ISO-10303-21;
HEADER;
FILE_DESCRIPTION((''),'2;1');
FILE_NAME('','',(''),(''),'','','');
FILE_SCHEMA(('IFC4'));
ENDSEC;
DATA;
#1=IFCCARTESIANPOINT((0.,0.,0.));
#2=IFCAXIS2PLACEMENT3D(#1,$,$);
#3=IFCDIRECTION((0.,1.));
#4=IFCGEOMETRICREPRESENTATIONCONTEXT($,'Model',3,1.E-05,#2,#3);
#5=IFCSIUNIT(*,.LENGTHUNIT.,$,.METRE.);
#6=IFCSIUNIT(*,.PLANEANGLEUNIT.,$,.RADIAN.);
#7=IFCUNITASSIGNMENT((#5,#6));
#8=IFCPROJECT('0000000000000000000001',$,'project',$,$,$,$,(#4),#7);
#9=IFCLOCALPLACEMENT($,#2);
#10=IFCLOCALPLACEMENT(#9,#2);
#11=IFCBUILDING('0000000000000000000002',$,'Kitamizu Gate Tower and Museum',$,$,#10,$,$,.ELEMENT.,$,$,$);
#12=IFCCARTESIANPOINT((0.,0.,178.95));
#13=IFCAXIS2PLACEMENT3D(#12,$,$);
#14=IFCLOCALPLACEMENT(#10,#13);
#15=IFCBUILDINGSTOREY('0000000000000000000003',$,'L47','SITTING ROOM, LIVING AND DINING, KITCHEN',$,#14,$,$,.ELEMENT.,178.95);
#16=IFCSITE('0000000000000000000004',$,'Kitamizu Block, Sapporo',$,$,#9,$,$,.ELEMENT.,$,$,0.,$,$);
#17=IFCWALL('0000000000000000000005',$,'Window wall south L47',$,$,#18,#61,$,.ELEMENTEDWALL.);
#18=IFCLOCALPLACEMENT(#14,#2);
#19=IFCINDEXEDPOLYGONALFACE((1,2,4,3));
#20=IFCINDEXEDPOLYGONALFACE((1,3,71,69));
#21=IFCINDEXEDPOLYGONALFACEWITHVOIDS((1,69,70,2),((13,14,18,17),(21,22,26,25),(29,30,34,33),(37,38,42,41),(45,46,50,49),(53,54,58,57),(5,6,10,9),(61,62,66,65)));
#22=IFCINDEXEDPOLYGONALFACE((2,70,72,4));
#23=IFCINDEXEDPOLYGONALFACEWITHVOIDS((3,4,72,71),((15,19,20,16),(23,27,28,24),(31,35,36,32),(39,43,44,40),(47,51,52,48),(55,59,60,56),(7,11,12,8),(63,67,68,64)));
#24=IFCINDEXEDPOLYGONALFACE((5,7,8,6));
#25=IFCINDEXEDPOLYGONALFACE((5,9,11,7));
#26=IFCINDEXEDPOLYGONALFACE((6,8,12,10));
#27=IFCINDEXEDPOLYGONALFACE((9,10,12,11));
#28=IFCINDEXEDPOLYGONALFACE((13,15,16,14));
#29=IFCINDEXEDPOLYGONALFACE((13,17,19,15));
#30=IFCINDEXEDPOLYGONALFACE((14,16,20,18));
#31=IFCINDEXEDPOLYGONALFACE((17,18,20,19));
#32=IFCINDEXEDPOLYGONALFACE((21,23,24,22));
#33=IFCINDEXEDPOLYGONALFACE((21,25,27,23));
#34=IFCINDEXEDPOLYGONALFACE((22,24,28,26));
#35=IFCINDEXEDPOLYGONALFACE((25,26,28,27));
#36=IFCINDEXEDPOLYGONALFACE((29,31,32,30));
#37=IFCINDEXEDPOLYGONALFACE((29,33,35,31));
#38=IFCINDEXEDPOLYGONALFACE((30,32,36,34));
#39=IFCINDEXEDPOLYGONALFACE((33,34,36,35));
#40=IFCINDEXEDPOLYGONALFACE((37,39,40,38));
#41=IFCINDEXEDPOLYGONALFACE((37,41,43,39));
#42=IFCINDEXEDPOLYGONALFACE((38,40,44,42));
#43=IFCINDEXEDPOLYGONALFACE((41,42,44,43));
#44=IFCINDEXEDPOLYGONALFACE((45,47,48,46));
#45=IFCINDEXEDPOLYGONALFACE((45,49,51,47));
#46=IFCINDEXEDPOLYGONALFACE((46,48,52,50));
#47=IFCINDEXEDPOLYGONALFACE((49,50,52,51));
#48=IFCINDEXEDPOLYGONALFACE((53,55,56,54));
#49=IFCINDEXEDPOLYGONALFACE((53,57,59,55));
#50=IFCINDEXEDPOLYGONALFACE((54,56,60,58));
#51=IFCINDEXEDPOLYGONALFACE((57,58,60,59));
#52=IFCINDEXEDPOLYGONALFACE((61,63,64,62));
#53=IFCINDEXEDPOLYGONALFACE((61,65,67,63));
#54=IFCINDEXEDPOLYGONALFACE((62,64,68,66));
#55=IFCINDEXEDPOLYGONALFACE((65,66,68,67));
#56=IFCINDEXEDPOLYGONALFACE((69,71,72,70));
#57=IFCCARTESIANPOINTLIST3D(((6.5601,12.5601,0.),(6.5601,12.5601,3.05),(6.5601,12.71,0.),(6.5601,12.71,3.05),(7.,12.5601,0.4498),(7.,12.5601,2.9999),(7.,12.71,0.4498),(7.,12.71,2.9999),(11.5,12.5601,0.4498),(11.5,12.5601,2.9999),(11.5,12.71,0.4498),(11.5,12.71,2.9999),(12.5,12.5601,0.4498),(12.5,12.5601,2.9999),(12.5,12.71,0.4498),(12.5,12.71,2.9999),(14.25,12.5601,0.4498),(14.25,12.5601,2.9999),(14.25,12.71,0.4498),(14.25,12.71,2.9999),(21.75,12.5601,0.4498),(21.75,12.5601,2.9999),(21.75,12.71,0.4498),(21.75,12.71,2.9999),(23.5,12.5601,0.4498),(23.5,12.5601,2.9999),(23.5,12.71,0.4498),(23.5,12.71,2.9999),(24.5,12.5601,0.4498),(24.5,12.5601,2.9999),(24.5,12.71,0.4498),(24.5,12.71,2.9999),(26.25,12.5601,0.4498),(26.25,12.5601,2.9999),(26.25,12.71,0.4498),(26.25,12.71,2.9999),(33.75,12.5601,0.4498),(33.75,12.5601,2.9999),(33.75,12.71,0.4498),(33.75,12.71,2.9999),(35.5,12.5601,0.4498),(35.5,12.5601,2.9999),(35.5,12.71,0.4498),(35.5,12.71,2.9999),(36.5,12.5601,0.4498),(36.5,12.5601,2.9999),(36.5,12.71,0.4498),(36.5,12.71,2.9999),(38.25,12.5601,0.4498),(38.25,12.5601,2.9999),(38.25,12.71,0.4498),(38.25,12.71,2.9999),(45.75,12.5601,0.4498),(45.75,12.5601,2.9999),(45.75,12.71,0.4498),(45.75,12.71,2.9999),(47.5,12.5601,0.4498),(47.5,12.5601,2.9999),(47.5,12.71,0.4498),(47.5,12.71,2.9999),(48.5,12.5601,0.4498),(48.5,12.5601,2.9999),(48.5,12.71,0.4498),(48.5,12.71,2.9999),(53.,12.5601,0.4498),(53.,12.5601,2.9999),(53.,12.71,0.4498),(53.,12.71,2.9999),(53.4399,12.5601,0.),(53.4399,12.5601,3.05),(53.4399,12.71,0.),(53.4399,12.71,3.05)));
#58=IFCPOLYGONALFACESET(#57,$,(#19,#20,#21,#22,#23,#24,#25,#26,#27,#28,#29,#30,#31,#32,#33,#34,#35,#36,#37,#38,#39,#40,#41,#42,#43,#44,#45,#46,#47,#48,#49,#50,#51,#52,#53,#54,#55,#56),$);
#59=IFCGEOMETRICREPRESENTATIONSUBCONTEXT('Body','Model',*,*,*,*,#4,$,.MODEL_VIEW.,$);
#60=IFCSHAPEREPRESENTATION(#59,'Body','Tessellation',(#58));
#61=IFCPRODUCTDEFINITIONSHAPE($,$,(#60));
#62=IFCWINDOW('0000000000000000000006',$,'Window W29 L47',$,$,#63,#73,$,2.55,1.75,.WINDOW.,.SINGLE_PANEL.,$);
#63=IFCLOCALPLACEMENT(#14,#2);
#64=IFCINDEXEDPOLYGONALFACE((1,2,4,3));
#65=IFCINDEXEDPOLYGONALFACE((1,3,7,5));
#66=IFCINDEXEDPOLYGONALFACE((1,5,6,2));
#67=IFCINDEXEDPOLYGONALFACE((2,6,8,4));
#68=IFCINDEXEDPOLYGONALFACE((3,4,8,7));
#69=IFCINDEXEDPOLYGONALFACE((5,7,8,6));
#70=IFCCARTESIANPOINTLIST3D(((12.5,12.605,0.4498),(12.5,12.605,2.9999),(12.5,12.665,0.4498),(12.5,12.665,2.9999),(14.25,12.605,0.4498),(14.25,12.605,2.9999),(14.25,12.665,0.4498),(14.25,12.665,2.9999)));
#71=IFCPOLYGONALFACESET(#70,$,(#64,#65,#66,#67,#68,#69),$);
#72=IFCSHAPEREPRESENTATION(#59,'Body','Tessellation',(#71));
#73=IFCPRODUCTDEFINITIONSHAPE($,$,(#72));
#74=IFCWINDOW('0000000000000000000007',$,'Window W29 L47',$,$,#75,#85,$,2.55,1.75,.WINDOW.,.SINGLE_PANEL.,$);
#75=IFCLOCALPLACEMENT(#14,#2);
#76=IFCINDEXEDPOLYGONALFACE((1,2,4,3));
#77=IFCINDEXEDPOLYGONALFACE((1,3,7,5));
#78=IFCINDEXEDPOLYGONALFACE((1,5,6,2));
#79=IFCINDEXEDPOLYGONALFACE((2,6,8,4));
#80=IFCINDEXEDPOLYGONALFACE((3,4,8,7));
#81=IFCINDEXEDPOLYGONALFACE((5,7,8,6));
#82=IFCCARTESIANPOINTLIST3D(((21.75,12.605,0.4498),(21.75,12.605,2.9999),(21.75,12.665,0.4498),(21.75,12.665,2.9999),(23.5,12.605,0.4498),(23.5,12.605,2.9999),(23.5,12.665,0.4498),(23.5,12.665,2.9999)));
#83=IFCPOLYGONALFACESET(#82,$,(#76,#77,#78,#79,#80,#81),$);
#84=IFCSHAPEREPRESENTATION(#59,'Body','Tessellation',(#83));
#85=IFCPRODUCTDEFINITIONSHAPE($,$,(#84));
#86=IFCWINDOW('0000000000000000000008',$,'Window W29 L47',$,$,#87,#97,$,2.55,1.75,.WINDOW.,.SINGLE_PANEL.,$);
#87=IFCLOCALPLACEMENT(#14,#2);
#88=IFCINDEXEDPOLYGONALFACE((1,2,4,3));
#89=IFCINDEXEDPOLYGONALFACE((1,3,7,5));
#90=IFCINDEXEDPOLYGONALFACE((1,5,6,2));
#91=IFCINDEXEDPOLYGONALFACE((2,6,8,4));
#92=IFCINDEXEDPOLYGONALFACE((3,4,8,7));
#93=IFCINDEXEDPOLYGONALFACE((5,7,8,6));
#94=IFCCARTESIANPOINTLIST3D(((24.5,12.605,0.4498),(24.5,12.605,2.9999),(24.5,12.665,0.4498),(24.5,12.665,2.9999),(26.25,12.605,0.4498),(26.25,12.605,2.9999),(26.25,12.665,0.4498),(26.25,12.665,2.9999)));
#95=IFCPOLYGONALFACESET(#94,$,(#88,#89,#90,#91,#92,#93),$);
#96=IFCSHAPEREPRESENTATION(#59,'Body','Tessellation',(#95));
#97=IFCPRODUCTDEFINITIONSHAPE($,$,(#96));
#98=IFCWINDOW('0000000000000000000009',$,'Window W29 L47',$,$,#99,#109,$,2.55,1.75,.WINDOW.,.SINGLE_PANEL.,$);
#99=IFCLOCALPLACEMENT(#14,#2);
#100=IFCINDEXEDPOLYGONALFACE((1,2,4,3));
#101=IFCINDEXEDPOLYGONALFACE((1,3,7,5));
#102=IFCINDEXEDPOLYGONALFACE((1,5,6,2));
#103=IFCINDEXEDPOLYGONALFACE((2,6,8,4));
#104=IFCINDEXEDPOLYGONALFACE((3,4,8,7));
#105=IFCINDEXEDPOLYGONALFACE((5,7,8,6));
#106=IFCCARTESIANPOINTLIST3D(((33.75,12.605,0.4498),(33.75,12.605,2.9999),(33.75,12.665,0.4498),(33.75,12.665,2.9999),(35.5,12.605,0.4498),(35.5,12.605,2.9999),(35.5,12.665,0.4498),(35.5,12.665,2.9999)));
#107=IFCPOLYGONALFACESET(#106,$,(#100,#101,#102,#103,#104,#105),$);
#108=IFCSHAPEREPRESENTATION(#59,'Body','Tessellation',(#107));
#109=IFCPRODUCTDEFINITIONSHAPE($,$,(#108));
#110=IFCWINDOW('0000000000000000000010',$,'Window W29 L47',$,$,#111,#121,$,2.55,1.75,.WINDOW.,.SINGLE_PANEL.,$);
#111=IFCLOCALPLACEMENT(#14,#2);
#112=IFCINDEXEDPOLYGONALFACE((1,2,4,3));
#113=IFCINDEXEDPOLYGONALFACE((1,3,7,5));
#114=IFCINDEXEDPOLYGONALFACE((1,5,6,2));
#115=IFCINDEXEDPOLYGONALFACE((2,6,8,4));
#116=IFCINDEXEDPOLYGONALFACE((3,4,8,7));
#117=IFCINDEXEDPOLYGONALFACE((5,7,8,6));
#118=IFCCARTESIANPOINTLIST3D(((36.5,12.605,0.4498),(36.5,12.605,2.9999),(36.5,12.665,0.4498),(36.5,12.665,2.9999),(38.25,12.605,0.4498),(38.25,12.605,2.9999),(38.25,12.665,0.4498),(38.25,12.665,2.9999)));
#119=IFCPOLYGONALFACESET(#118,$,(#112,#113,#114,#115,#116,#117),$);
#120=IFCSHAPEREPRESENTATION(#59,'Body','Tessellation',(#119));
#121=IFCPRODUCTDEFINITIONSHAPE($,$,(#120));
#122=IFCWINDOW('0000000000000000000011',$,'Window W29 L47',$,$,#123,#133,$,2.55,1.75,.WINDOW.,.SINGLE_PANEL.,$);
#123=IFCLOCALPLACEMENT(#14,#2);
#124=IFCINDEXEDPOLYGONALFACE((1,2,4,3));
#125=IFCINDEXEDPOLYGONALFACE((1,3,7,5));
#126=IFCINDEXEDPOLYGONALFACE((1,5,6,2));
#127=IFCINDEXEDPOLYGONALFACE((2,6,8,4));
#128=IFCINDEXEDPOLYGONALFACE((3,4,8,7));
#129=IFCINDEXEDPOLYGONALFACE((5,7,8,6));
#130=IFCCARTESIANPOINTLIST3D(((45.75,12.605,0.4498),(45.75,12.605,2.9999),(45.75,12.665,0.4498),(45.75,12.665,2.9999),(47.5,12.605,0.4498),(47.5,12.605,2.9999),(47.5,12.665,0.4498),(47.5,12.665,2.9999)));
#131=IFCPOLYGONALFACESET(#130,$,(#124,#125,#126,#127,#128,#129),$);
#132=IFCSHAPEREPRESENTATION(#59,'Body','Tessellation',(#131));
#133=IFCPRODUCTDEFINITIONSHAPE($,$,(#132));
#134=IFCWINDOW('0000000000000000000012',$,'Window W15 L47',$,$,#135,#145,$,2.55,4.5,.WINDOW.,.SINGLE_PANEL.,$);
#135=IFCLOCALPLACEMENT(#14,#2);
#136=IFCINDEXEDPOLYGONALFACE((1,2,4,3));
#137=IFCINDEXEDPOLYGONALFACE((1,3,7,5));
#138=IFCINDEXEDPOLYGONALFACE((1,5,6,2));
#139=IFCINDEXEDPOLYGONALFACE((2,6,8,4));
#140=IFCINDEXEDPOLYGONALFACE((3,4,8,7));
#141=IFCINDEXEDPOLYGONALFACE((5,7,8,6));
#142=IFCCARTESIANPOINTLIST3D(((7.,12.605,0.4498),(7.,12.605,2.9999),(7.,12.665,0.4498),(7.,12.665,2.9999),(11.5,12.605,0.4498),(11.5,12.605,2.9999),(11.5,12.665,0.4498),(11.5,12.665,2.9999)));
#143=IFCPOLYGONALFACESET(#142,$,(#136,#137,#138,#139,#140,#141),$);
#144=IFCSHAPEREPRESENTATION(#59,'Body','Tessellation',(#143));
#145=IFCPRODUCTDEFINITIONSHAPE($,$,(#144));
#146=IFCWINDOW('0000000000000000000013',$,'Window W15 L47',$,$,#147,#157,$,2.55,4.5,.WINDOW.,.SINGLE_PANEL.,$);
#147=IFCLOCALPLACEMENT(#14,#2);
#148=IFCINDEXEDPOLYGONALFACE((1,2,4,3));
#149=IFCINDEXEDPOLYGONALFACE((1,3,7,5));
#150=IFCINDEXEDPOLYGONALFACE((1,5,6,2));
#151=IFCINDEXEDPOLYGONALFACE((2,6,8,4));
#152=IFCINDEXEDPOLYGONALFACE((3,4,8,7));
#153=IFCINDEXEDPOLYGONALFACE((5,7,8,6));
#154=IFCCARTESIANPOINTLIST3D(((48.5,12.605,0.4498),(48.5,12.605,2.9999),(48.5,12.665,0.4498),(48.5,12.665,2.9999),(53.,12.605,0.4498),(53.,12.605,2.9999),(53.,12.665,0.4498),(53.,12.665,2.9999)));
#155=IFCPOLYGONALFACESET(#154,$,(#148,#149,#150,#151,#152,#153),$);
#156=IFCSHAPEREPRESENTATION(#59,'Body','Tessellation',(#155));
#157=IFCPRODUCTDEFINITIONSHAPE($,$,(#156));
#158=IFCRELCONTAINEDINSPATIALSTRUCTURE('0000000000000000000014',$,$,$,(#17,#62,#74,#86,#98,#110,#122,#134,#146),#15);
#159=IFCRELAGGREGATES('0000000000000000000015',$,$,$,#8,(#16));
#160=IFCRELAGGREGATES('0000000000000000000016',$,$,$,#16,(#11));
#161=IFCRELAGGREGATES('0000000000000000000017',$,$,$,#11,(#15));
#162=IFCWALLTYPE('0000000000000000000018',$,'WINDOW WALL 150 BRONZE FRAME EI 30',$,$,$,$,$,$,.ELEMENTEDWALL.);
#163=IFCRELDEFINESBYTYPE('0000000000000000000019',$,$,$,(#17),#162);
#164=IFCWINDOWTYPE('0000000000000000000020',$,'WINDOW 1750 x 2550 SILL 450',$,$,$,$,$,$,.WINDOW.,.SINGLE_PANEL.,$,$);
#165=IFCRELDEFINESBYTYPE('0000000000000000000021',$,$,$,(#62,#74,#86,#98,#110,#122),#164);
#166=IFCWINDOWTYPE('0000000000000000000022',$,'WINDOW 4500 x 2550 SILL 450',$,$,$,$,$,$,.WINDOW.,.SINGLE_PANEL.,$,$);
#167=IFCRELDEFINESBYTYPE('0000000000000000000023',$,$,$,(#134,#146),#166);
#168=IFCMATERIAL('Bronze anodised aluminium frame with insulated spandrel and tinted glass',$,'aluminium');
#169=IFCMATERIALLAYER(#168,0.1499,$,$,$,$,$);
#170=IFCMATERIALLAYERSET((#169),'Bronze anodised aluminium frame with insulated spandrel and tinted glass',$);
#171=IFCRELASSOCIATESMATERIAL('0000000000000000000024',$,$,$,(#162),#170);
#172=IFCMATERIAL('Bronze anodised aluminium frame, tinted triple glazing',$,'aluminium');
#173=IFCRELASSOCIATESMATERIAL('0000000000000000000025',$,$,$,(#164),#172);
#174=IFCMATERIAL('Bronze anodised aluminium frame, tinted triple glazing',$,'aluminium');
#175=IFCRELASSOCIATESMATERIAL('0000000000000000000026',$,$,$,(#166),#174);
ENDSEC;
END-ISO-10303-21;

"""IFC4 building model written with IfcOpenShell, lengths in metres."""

from ifc_helpers import new_model, si_unit, direction, frame, frame_2d, origin, place, context, subcontext, project, spatial, rectangle, extrude, material, layer, layer_set, type_object, element, fill, save


model = new_model("IFC4")

# Units and contexts
model_context = context("Model", 3, precision=1e-05, world=origin(), true_north=direction((0.0, 1.0)))
body_context = subcontext(model_context, "Body", "Model", "MODEL_VIEW")
ifc_project = project(units=[si_unit("LENGTHUNIT", "METRE"), si_unit("PLANEANGLEUNIT", "RADIAN")], contexts=[model_context])

# Site, building, storey
site_placement = place(None, origin())
site = spatial("IfcSite", under=ifc_project, at=site_placement, Name="Kitamizu Block, Sapporo", CompositionType="ELEMENT", RefElevation=0.0)
building_placement = place(site_placement, origin())
building = spatial("IfcBuilding", under=site, at=building_placement, Name="Kitamizu Gate Tower and Museum", CompositionType="ELEMENT")
storey_placement = place(building_placement, frame((0.0, 0.0, 178.95)))
storey = spatial("IfcBuildingStorey", under=building, at=storey_placement, Name="L47", Description="SITTING ROOM, LIVING AND DINING, KITCHEN", CompositionType="ELEMENT", Elevation=178.95)

# Wall, openings, windows
ifc_material_1 = material(Name="Bronze anodised aluminium frame with insulated spandrel and tinted glass", Category="aluminium")
ifc_layer_1 = layer(ifc_material_1, 0.1499)
ifc_layer_set_1 = layer_set([ifc_layer_1], Name="Bronze anodised aluminium frame with insulated spandrel and tinted glass")
wall_type_1 = type_object("IfcWallType", Name="WINDOW WALL 150 BRONZE FRAME EI 30", PredefinedType="ELEMENTEDWALL", material=ifc_layer_set_1)
wall_1_placement = place(storey_placement, frame((6.5601, 12.635, 0.0), z_axis=(0.0, 0.0, 1.0), x_axis=(1.0, 0.0, 0.0)))
wall_1 = element("IfcWall", 1, at=wall_1_placement, inside=storey, type_object=wall_type_1, Name="Window wall south L47", PredefinedType="ELEMENTEDWALL", context=body_context, shape_type="SweptSolid", body=[
    extrude(rectangle(XDim=46.8799, YDim=0.1499, at=frame_2d((23.4399, 0.0))), origin(), (0.0, 0.0, 1.0), 3.05),
])
opening_1_placement = place(wall_1_placement, frame((0.4399, 0.0, 0.45)))
opening_1 = element("IfcOpeningElement", 2, at=opening_1_placement, cuts=wall_1, PredefinedType="OPENING", context=body_context, shape_type="SweptSolid", body=[
    extrude(rectangle(XDim=4.5, YDim=2.55, at=frame_2d((2.25, 1.2749))), frame((0.0, 0.085, 0.0), z_axis=(0.0, -1.0, 0.0), x_axis=(1.0, 0.0, 0.0)), (0.0, 0.0, 1.0), 0.1699),
])
opening_2_placement = place(wall_1_placement, frame((5.9399, 0.0, 0.45)))
opening_2 = element("IfcOpeningElement", 3, at=opening_2_placement, cuts=wall_1, PredefinedType="OPENING", context=body_context, shape_type="SweptSolid", body=[
    extrude(rectangle(XDim=1.75, YDim=2.55, at=frame_2d((0.875, 1.2749))), frame((0.0, 0.085, 0.0), z_axis=(0.0, -1.0, 0.0), x_axis=(1.0, 0.0, 0.0)), (0.0, 0.0, 1.0), 0.1699),
])
opening_3_placement = place(wall_1_placement, frame((15.1899, 0.0, 0.45)))
opening_3 = element("IfcOpeningElement", 4, at=opening_3_placement, cuts=wall_1, PredefinedType="OPENING", context=body_context, shape_type="SweptSolid", body=[
    extrude(rectangle(XDim=1.75, YDim=2.55, at=frame_2d((0.875, 1.2749))), frame((0.0, 0.085, 0.0), z_axis=(0.0, -1.0, 0.0), x_axis=(1.0, 0.0, 0.0)), (0.0, 0.0, 1.0), 0.1699),
])
opening_4_placement = place(wall_1_placement, frame((17.9399, 0.0, 0.45)))
opening_4 = element("IfcOpeningElement", 5, at=opening_4_placement, cuts=wall_1, PredefinedType="OPENING", context=body_context, shape_type="SweptSolid", body=[
    extrude(rectangle(XDim=1.75, YDim=2.55, at=frame_2d((0.875, 1.2749))), frame((0.0, 0.085, 0.0), z_axis=(0.0, -1.0, 0.0), x_axis=(1.0, 0.0, 0.0)), (0.0, 0.0, 1.0), 0.1699),
])
opening_5_placement = place(wall_1_placement, frame((27.1899, 0.0, 0.45)))
opening_5 = element("IfcOpeningElement", 6, at=opening_5_placement, cuts=wall_1, PredefinedType="OPENING", context=body_context, shape_type="SweptSolid", body=[
    extrude(rectangle(XDim=1.75, YDim=2.55, at=frame_2d((0.875, 1.2749))), frame((0.0, 0.085, 0.0), z_axis=(0.0, -1.0, 0.0), x_axis=(1.0, 0.0, 0.0)), (0.0, 0.0, 1.0), 0.1699),
])
opening_6_placement = place(wall_1_placement, frame((29.9399, 0.0, 0.45)))
opening_6 = element("IfcOpeningElement", 7, at=opening_6_placement, cuts=wall_1, PredefinedType="OPENING", context=body_context, shape_type="SweptSolid", body=[
    extrude(rectangle(XDim=1.75, YDim=2.55, at=frame_2d((0.875, 1.2749))), frame((0.0, 0.085, 0.0), z_axis=(0.0, -1.0, 0.0), x_axis=(1.0, 0.0, 0.0)), (0.0, 0.0, 1.0), 0.1699),
])
opening_7_placement = place(wall_1_placement, frame((39.1899, 0.0, 0.45)))
opening_7 = element("IfcOpeningElement", 8, at=opening_7_placement, cuts=wall_1, PredefinedType="OPENING", context=body_context, shape_type="SweptSolid", body=[
    extrude(rectangle(XDim=1.75, YDim=2.55, at=frame_2d((0.875, 1.2749))), frame((0.0, 0.085, 0.0), z_axis=(0.0, -1.0, 0.0), x_axis=(1.0, 0.0, 0.0)), (0.0, 0.0, 1.0), 0.1699),
])
opening_8_placement = place(wall_1_placement, frame((41.9399, 0.0, 0.45)))
opening_8 = element("IfcOpeningElement", 9, at=opening_8_placement, cuts=wall_1, PredefinedType="OPENING", context=body_context, shape_type="SweptSolid", body=[
    extrude(rectangle(XDim=4.5, YDim=2.55, at=frame_2d((2.25, 1.2749))), frame((0.0, 0.085, 0.0), z_axis=(0.0, -1.0, 0.0), x_axis=(1.0, 0.0, 0.0)), (0.0, 0.0, 1.0), 0.1699),
])
ifc_material_2 = material(Name="Bronze anodised aluminium frame, tinted triple glazing", Category="aluminium")
window_type_1 = type_object("IfcWindowType", Name="WINDOW 1750 x 2550 SILL 450", PartitioningType="SINGLE_PANEL", PredefinedType="WINDOW", material=ifc_material_2)
window_1_placement = place(opening_2_placement, origin())
window_1 = element("IfcWindow", 10, at=window_1_placement, inside=storey, type_object=window_type_1, Name="Window W29 L47", OverallHeight=2.55, OverallWidth=1.75, PartitioningType="SINGLE_PANEL", PredefinedType="WINDOW", context=body_context, shape_type="SweptSolid", body=[
    extrude(rectangle(XDim=1.75, YDim=2.55, at=frame_2d((0.875, 1.2749))), frame((0.0, 0.03, 0.0), z_axis=(0.0, -1.0, 0.0), x_axis=(1.0, 0.0, 0.0)), (0.0, 0.0, 1.0), 0.0601),
])
fill(opening_2, window_1)
window_2_placement = place(opening_3_placement, origin())
window_2 = element("IfcWindow", 11, at=window_2_placement, inside=storey, type_object=window_type_1, Name="Window W29 L47", OverallHeight=2.55, OverallWidth=1.75, PartitioningType="SINGLE_PANEL", PredefinedType="WINDOW", context=body_context, shape_type="SweptSolid", body=[
    extrude(rectangle(XDim=1.75, YDim=2.55, at=frame_2d((0.875, 1.2749))), frame((0.0, 0.03, 0.0), z_axis=(0.0, -1.0, 0.0), x_axis=(1.0, 0.0, 0.0)), (0.0, 0.0, 1.0), 0.0601),
])
fill(opening_3, window_2)
window_3_placement = place(opening_4_placement, origin())
window_3 = element("IfcWindow", 12, at=window_3_placement, inside=storey, type_object=window_type_1, Name="Window W29 L47", OverallHeight=2.55, OverallWidth=1.75, PartitioningType="SINGLE_PANEL", PredefinedType="WINDOW", context=body_context, shape_type="SweptSolid", body=[
    extrude(rectangle(XDim=1.75, YDim=2.55, at=frame_2d((0.875, 1.2749))), frame((0.0, 0.03, 0.0), z_axis=(0.0, -1.0, 0.0), x_axis=(1.0, 0.0, 0.0)), (0.0, 0.0, 1.0), 0.0601),
])
fill(opening_4, window_3)
window_4_placement = place(opening_5_placement, origin())
window_4 = element("IfcWindow", 13, at=window_4_placement, inside=storey, type_object=window_type_1, Name="Window W29 L47", OverallHeight=2.55, OverallWidth=1.75, PartitioningType="SINGLE_PANEL", PredefinedType="WINDOW", context=body_context, shape_type="SweptSolid", body=[
    extrude(rectangle(XDim=1.75, YDim=2.55, at=frame_2d((0.875, 1.2749))), frame((0.0, 0.03, 0.0), z_axis=(0.0, -1.0, 0.0), x_axis=(1.0, 0.0, 0.0)), (0.0, 0.0, 1.0), 0.0601),
])
fill(opening_5, window_4)
window_5_placement = place(opening_6_placement, origin())
window_5 = element("IfcWindow", 14, at=window_5_placement, inside=storey, type_object=window_type_1, Name="Window W29 L47", OverallHeight=2.55, OverallWidth=1.75, PartitioningType="SINGLE_PANEL", PredefinedType="WINDOW", context=body_context, shape_type="SweptSolid", body=[
    extrude(rectangle(XDim=1.75, YDim=2.55, at=frame_2d((0.875, 1.2749))), frame((0.0, 0.03, 0.0), z_axis=(0.0, -1.0, 0.0), x_axis=(1.0, 0.0, 0.0)), (0.0, 0.0, 1.0), 0.0601),
])
fill(opening_6, window_5)
window_6_placement = place(opening_7_placement, origin())
window_6 = element("IfcWindow", 15, at=window_6_placement, inside=storey, type_object=window_type_1, Name="Window W29 L47", OverallHeight=2.55, OverallWidth=1.75, PartitioningType="SINGLE_PANEL", PredefinedType="WINDOW", context=body_context, shape_type="SweptSolid", body=[
    extrude(rectangle(XDim=1.75, YDim=2.55, at=frame_2d((0.875, 1.2749))), frame((0.0, 0.03, 0.0), z_axis=(0.0, -1.0, 0.0), x_axis=(1.0, 0.0, 0.0)), (0.0, 0.0, 1.0), 0.0601),
])
fill(opening_7, window_6)
ifc_material_3 = material(Name="Bronze anodised aluminium frame, tinted triple glazing", Category="aluminium")
window_type_2 = type_object("IfcWindowType", Name="WINDOW 4500 x 2550 SILL 450", PartitioningType="SINGLE_PANEL", PredefinedType="WINDOW", material=ifc_material_3)
window_7_placement = place(opening_1_placement, origin())
window_7 = element("IfcWindow", 16, at=window_7_placement, inside=storey, type_object=window_type_2, Name="Window W15 L47", OverallHeight=2.55, OverallWidth=4.5, PartitioningType="SINGLE_PANEL", PredefinedType="WINDOW", context=body_context, shape_type="SweptSolid", body=[
    extrude(rectangle(XDim=4.5, YDim=2.55, at=frame_2d((2.25, 1.2749))), frame((0.0, 0.03, 0.0), z_axis=(0.0, -1.0, 0.0), x_axis=(1.0, 0.0, 0.0)), (0.0, 0.0, 1.0), 0.0601),
])
fill(opening_1, window_7)
window_8_placement = place(opening_8_placement, origin())
window_8 = element("IfcWindow", 17, at=window_8_placement, inside=storey, type_object=window_type_2, Name="Window W15 L47", OverallHeight=2.55, OverallWidth=4.5, PartitioningType="SINGLE_PANEL", PredefinedType="WINDOW", context=body_context, shape_type="SweptSolid", body=[
    extrude(rectangle(XDim=4.5, YDim=2.55, at=frame_2d((2.25, 1.2749))), frame((0.0, 0.03, 0.0), z_axis=(0.0, -1.0, 0.0), x_axis=(1.0, 0.0, 0.0)), (0.0, 0.0, 1.0), 0.0601),
])
fill(opening_8, window_8)

save(model, "model.ifc")
